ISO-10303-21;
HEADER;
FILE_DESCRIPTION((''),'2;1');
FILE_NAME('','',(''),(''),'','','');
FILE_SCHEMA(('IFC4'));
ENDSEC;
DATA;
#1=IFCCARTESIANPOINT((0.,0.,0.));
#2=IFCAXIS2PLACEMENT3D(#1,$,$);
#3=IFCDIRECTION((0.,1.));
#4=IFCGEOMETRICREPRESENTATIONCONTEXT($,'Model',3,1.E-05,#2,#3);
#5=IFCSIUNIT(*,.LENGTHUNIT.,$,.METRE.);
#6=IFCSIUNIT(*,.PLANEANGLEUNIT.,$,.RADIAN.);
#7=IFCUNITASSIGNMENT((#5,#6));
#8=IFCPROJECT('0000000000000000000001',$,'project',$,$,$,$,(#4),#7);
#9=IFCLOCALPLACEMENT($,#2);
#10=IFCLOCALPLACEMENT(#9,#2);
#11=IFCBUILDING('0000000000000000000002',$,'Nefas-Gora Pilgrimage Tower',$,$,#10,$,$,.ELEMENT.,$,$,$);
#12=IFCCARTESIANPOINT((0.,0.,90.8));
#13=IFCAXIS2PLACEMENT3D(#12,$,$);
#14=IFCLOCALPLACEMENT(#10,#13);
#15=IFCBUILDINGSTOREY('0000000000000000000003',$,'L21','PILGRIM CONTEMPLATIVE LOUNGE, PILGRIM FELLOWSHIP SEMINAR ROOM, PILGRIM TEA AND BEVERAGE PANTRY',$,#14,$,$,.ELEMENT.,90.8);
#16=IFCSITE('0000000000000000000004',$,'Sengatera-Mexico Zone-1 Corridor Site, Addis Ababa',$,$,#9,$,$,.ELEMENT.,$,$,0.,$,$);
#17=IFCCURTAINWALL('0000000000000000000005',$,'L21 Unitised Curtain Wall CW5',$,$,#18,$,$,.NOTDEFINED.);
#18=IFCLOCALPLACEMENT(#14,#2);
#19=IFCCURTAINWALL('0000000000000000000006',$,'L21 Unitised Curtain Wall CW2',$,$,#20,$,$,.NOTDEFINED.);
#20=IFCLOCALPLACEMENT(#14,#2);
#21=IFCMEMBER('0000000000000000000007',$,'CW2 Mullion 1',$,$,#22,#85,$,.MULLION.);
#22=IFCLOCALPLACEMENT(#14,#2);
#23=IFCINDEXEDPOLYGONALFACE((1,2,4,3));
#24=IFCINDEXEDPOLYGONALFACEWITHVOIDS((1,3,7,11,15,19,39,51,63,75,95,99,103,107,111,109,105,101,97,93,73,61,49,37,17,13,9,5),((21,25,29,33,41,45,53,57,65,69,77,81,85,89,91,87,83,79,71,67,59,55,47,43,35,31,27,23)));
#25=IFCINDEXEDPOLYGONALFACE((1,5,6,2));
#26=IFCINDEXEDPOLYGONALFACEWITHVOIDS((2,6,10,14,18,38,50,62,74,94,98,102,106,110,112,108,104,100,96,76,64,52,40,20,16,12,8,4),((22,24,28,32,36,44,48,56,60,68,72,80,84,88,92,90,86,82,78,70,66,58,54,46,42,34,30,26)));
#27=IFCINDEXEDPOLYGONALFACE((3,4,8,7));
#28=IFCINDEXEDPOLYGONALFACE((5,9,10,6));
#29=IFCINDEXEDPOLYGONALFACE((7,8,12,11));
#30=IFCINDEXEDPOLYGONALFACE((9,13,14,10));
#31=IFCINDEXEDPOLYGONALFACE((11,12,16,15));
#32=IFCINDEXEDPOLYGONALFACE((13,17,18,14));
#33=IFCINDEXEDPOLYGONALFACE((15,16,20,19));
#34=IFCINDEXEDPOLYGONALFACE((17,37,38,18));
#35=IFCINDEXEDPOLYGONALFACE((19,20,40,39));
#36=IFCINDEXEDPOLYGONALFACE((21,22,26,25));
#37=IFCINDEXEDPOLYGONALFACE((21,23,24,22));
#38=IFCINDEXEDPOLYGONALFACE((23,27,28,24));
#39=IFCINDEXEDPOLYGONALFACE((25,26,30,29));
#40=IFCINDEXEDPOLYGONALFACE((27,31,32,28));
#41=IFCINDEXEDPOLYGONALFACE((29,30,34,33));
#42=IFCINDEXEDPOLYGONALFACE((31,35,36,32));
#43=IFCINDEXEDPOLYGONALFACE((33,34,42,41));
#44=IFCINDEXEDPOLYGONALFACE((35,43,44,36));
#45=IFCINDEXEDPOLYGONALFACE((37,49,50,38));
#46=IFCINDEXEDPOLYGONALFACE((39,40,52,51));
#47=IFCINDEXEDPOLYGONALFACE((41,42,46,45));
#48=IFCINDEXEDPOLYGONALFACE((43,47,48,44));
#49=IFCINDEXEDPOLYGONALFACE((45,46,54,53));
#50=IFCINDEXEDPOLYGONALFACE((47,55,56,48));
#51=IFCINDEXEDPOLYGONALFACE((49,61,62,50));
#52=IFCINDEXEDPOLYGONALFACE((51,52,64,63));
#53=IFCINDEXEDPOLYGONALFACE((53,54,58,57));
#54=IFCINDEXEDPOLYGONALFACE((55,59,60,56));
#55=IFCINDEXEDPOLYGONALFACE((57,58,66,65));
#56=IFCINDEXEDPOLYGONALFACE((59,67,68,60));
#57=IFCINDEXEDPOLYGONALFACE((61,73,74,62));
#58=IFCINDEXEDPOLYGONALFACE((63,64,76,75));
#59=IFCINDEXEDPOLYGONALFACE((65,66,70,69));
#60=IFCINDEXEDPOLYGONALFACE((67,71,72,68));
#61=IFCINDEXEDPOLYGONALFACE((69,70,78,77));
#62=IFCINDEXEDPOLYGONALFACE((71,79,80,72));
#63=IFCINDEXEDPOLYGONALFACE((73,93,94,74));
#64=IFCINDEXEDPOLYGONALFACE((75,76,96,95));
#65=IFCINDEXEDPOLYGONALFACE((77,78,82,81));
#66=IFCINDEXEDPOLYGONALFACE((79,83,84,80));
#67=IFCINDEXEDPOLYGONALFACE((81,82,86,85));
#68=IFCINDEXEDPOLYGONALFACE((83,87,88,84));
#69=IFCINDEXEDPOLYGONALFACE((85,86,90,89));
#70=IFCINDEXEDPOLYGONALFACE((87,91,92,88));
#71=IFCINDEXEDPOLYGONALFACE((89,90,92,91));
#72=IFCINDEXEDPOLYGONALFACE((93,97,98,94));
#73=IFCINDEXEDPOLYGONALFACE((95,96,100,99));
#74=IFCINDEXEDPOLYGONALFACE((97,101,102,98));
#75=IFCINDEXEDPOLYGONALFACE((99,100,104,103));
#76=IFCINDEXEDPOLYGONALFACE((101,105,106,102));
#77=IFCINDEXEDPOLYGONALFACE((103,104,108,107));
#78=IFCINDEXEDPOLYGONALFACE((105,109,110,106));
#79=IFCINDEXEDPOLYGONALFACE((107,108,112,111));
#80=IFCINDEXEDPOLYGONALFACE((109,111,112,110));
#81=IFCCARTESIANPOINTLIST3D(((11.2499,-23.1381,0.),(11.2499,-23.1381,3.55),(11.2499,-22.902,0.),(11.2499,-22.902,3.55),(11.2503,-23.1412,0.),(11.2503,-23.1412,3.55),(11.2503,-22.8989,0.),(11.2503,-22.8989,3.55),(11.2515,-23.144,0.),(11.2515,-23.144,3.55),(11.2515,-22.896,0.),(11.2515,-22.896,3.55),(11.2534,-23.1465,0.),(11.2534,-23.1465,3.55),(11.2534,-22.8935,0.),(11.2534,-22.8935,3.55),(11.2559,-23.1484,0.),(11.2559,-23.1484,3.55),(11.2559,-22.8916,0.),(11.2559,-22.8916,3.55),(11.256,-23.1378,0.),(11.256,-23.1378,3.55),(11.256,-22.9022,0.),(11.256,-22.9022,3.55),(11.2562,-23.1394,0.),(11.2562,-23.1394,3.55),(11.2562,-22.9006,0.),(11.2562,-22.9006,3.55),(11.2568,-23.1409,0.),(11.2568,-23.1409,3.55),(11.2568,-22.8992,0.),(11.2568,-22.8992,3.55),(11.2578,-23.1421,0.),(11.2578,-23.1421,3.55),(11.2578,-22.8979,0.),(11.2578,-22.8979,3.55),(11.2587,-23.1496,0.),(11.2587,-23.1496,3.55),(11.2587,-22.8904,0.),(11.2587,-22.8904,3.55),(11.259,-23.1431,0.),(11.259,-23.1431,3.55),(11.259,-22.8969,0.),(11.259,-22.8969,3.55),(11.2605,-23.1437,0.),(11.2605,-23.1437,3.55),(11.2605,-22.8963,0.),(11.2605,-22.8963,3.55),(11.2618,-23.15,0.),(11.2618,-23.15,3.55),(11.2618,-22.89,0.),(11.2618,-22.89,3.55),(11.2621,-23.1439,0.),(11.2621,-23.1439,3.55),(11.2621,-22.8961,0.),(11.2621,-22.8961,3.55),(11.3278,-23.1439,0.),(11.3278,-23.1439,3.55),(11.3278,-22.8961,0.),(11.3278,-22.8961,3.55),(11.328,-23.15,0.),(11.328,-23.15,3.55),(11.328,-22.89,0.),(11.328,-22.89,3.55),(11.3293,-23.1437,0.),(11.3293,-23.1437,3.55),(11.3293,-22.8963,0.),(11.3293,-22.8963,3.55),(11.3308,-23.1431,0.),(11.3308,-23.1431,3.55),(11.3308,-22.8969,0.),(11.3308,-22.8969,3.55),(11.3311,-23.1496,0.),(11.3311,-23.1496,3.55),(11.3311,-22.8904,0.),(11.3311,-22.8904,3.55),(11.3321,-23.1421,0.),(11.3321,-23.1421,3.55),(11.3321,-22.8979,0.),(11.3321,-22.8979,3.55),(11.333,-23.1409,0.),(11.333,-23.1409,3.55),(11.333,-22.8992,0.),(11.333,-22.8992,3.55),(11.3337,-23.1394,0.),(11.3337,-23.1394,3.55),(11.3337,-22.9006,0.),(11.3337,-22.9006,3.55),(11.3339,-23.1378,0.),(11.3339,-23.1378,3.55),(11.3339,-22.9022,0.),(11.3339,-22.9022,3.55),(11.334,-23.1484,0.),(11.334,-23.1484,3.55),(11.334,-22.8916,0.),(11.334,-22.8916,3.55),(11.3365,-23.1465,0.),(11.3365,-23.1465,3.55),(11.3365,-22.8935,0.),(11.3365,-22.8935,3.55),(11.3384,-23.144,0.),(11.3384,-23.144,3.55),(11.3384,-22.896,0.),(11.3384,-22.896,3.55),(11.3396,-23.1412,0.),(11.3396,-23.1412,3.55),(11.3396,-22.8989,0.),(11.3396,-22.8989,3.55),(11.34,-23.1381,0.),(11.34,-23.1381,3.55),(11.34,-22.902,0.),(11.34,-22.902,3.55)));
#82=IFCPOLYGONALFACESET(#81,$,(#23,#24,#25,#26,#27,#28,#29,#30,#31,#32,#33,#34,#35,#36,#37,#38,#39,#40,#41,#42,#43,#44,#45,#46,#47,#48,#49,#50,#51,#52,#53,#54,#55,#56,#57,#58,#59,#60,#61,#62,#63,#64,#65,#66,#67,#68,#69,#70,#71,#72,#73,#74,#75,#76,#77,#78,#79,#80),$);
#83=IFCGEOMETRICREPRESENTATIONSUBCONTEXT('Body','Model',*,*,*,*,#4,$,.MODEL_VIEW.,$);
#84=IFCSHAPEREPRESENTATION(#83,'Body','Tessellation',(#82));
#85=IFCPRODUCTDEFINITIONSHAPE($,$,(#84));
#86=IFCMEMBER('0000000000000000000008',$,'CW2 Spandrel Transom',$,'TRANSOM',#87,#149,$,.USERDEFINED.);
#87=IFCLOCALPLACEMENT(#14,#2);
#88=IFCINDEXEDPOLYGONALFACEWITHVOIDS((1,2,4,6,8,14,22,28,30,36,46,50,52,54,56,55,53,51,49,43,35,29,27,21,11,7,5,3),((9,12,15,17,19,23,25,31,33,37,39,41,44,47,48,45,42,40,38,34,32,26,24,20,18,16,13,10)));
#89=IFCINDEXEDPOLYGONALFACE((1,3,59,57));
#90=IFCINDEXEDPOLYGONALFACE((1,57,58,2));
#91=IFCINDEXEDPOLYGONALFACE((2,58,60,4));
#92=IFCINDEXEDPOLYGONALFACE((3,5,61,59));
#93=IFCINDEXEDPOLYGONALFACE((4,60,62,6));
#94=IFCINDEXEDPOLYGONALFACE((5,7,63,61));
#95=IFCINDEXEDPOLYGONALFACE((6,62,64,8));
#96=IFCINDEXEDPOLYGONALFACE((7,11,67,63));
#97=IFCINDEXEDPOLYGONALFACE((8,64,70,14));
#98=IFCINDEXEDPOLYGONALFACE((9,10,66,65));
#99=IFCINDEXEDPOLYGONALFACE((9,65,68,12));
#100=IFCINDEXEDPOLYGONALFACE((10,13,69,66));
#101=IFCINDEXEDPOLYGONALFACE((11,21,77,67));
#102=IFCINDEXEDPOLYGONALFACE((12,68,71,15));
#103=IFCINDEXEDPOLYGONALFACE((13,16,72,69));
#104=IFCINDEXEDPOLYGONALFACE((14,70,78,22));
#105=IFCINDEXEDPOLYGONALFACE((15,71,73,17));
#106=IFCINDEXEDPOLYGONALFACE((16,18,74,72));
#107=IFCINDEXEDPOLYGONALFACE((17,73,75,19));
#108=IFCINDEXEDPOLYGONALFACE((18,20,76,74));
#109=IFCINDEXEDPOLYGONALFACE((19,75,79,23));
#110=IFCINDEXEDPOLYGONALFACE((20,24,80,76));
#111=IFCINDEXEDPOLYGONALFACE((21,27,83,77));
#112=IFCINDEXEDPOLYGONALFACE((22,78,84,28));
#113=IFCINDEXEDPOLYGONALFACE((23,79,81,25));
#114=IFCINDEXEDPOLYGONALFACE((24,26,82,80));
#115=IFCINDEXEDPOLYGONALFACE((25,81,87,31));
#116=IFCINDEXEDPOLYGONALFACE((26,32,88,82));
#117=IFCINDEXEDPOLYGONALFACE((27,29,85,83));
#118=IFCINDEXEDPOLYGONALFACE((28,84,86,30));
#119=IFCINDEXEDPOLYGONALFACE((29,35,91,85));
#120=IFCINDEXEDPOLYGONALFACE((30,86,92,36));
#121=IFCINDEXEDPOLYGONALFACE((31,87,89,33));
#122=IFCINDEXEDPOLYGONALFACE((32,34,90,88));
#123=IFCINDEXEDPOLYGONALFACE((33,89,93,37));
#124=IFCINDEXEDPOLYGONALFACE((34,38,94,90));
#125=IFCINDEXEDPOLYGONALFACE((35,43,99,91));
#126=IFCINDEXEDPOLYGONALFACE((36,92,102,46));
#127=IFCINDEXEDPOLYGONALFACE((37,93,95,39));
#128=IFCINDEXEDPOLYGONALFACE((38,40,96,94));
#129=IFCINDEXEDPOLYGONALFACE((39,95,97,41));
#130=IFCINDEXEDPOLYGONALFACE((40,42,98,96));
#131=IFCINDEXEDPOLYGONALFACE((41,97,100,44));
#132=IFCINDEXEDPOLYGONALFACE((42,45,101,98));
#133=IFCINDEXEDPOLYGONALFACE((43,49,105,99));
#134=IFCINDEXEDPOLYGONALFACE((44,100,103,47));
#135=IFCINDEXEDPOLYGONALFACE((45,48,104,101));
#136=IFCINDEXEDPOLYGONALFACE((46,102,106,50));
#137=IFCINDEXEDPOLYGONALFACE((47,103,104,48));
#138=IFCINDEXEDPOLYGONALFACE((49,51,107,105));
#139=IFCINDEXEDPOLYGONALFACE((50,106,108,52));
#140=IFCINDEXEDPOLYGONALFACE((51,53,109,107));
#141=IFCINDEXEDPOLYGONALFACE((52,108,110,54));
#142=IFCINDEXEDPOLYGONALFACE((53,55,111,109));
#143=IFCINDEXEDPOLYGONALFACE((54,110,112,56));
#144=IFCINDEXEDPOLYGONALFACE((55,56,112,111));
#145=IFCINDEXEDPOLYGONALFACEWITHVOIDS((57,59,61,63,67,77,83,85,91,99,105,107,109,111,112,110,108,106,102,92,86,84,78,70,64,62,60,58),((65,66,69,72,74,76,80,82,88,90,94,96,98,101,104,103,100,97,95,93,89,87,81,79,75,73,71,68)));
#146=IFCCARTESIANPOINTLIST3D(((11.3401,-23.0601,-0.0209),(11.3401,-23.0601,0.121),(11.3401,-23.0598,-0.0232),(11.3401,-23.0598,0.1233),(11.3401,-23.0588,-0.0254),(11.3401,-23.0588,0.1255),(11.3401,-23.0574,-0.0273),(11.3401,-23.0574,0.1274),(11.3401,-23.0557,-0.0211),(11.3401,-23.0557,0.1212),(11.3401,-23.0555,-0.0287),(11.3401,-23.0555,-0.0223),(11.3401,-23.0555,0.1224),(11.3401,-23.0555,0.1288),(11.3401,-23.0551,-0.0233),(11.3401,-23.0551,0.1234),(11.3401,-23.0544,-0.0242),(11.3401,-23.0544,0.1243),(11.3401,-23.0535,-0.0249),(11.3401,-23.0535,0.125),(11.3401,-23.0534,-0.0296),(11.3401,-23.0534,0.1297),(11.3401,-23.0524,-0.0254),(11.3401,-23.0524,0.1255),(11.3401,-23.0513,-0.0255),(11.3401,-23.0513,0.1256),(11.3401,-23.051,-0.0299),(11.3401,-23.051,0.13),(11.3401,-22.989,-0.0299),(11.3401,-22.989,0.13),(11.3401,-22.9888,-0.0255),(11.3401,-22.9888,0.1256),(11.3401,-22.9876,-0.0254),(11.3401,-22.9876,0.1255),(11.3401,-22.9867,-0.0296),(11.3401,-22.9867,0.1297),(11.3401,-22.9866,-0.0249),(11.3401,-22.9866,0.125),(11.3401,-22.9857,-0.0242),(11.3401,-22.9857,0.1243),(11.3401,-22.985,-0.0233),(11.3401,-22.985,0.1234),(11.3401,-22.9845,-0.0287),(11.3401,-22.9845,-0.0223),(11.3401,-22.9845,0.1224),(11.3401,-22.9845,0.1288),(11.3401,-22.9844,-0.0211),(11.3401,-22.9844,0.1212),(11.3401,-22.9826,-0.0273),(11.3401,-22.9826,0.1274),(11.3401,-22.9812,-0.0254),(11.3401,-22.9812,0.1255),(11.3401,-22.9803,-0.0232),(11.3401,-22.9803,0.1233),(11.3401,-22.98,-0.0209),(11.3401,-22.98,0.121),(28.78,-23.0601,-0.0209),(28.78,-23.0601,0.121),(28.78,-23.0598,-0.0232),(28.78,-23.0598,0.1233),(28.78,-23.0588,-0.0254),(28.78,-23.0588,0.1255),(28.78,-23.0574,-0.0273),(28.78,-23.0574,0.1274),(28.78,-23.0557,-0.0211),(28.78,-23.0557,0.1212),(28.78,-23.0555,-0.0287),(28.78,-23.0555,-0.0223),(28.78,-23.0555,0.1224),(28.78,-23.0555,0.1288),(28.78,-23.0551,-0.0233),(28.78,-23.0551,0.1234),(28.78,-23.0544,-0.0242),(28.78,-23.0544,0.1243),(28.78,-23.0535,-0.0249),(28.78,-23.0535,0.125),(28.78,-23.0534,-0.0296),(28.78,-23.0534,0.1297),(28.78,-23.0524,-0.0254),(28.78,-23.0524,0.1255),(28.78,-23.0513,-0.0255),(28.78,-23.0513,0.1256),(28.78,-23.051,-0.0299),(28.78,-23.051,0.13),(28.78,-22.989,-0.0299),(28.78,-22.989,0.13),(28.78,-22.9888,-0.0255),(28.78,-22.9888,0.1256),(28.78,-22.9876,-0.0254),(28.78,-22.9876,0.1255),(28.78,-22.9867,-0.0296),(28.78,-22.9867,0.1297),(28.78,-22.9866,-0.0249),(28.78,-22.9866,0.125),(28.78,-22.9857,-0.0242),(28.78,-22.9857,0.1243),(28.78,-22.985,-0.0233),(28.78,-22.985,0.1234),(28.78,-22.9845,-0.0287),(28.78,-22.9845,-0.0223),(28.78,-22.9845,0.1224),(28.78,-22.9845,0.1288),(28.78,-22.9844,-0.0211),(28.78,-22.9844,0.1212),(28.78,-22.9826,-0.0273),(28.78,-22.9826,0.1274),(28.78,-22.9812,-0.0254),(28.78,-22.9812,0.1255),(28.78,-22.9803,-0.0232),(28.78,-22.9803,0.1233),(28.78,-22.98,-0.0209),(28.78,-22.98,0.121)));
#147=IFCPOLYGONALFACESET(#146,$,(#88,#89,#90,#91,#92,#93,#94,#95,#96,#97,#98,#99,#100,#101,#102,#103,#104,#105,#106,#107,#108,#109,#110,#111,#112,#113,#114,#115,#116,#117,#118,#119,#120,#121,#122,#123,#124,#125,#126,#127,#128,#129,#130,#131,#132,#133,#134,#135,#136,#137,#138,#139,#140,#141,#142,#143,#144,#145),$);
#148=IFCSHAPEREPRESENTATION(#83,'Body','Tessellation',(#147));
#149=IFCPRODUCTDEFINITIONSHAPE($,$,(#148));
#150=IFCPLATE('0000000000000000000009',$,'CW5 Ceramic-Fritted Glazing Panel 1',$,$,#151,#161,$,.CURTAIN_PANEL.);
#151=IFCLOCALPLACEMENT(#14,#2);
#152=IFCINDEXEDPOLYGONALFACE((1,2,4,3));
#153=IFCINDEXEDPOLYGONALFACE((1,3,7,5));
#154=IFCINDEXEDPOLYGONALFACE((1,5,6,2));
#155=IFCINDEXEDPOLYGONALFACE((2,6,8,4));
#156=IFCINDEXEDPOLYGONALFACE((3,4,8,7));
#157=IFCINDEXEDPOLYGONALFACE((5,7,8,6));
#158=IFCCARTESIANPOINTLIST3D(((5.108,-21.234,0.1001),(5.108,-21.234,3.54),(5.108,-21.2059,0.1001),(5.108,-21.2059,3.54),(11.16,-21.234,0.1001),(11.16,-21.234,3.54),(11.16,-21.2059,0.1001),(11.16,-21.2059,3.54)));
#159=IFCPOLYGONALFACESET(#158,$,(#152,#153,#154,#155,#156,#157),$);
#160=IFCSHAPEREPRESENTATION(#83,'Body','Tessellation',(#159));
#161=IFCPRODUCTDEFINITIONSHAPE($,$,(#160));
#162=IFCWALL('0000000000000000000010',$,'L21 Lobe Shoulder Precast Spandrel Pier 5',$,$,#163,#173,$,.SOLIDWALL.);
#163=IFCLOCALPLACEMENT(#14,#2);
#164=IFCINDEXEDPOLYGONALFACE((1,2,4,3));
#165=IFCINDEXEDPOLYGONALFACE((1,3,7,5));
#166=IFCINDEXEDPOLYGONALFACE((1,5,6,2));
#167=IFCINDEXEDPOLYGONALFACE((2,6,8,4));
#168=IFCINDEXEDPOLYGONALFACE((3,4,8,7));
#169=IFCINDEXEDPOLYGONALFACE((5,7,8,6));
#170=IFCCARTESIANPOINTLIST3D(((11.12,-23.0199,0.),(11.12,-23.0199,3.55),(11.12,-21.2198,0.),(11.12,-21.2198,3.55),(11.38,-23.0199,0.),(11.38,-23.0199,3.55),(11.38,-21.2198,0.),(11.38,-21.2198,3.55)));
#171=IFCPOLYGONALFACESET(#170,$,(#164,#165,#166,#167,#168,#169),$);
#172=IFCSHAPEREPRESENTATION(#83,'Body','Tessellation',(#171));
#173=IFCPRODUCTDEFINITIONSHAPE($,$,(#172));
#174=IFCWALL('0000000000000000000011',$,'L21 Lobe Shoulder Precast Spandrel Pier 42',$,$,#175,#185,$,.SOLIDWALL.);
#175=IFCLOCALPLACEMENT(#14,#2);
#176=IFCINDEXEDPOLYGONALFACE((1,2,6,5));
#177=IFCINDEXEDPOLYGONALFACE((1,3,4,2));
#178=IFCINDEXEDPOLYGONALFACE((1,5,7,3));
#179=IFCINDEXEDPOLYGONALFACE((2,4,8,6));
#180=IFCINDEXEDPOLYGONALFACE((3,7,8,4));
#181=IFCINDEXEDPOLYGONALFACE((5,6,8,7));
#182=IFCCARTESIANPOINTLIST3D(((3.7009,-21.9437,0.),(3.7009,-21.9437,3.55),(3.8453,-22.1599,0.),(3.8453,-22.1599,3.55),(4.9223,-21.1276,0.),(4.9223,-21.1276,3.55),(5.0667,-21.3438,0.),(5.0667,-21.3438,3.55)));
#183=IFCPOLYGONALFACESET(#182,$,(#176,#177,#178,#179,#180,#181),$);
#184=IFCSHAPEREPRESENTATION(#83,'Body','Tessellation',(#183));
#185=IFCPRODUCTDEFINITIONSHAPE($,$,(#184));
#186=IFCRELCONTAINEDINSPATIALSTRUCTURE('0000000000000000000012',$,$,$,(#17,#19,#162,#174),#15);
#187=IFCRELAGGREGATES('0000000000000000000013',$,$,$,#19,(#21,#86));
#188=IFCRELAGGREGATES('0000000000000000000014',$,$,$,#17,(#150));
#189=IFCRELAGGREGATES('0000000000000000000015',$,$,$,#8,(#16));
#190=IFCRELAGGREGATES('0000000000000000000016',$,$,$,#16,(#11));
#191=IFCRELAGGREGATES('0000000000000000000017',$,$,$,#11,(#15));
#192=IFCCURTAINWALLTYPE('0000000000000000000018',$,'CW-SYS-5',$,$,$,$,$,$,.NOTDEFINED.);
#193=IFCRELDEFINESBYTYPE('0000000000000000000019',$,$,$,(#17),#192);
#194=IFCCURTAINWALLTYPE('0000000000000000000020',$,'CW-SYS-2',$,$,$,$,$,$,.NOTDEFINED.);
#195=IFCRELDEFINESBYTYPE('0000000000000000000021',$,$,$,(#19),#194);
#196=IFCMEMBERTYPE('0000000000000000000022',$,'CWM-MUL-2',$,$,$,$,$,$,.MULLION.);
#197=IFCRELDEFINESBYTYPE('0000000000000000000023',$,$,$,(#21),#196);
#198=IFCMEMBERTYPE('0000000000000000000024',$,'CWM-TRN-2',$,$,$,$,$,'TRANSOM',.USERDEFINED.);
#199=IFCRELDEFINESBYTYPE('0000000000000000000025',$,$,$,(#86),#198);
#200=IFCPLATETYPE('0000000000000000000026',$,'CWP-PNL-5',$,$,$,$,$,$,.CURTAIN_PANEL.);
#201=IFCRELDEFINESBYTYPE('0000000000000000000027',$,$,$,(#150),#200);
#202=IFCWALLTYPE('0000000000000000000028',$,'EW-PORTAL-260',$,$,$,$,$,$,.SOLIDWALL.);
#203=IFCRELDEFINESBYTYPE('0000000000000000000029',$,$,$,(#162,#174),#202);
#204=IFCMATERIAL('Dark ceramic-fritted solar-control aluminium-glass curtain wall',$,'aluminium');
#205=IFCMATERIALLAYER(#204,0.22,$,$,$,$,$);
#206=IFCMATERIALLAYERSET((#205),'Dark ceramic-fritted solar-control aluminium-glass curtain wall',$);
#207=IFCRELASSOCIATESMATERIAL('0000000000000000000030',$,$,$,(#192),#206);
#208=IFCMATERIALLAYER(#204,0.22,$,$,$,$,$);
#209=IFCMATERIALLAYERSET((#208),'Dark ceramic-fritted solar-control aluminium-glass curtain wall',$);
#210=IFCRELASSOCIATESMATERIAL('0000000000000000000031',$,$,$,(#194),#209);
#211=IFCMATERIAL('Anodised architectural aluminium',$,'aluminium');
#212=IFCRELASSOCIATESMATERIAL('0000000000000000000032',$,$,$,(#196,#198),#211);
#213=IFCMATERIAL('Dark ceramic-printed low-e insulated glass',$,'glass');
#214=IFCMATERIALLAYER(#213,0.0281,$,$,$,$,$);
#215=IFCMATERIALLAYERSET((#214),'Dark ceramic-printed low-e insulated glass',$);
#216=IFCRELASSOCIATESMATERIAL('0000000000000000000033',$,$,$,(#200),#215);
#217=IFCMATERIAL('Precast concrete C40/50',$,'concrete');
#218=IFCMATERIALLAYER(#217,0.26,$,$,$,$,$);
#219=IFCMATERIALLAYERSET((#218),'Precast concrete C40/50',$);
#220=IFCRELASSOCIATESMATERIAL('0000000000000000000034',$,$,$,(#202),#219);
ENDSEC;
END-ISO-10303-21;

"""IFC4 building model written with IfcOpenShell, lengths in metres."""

from ifc_helpers import new_model, si_unit, direction, frame, frame_2d, origin, origin_2d, place, context, subcontext, project, spatial, rectangle, hollow_rectangle, extrude, source, transform, mapped, material, layer, layer_set, material_profile, profile_set, type_object, element, aggregate, save


model = new_model("IFC4")

# Units and contexts
model_context = context("Model", 3, precision=1e-05, world=origin(), true_north=direction((0.0, 1.0)))
body_context = subcontext(model_context, "Body", "Model", "MODEL_VIEW")
ifc_project = project(units=[si_unit("LENGTHUNIT", "METRE"), si_unit("PLANEANGLEUNIT", "RADIAN")], contexts=[model_context])

# Site, building, storey
site_placement = place(None, origin())
site = spatial("IfcSite", under=ifc_project, at=site_placement, Name="Sengatera-Mexico Zone-1 Corridor Site, Addis Ababa", CompositionType="ELEMENT", RefElevation=0.0)
building_placement = place(site_placement, origin())
building = spatial("IfcBuilding", under=site, at=building_placement, Name="Nefas-Gora Pilgrimage Tower", CompositionType="ELEMENT")
storey_placement = place(building_placement, frame((0.0, 0.0, 90.8)))
storey = spatial("IfcBuildingStorey", under=building, at=storey_placement, Name="L21", Description="PILGRIM CONTEMPLATIVE LOUNGE, PILGRIM FELLOWSHIP SEMINAR ROOM, PILGRIM TEA AND BEVERAGE PANTRY", CompositionType="ELEMENT", Elevation=90.8)

# Curtain wall
ifc_material_1 = material(Name="Dark ceramic-fritted solar-control aluminium-glass curtain wall", Category="aluminium")
ifc_layer_1 = layer(ifc_material_1, 0.22)
ifc_layer_set_1 = layer_set([ifc_layer_1], Name="Dark ceramic-fritted solar-control aluminium-glass curtain wall")
curtain_wall_type_1 = type_object("IfcCurtainWallType", Name="CW-SYS-5", PredefinedType="NOTDEFINED", material=ifc_layer_set_1)
curtain_wall_1_placement = place(storey_placement, origin())
curtain_wall_1 = element("IfcCurtainWall", 1, at=curtain_wall_1_placement, inside=storey, type_object=curtain_wall_type_1, Name="L21 Unitised Curtain Wall CW5", PredefinedType="NOTDEFINED")
ifc_material_2 = material(Name="Anodised architectural aluminium", Category="aluminium")

# Curtain wall, members
ifc_layer_2 = layer(ifc_material_1, 0.22)
ifc_layer_set_2 = layer_set([ifc_layer_2], Name="Dark ceramic-fritted solar-control aluminium-glass curtain wall")
curtain_wall_type_2 = type_object("IfcCurtainWallType", Name="CW-SYS-2", PredefinedType="NOTDEFINED", material=ifc_layer_set_2)
curtain_wall_2_placement = place(storey_placement, origin())
curtain_wall_2 = element("IfcCurtainWall", 2, at=curtain_wall_2_placement, inside=storey, type_object=curtain_wall_type_2, Name="L21 Unitised Curtain Wall CW2", PredefinedType="NOTDEFINED")
ifc_material_profile_1 = material_profile(ifc_material_2, hollow_rectangle(XDim=0.0901, YDim=0.26, WallThickness=0.0061, InnerFilletRadius=0.0061, OuterFilletRadius=0.012, at=origin_2d()), Name="ALU MULLION 90x260")
ifc_profile_set_1 = profile_set([ifc_material_profile_1], Name="Anodised architectural aluminium")
member_type_1 = type_object("IfcMemberType", Name="CWM-MUL-2", PredefinedType="MULLION", material=ifc_profile_set_1)
shared_shape_1 = source(origin(), body_context, "Body", "SweptSolid", [
    extrude(hollow_rectangle(XDim=0.0901, YDim=0.26, WallThickness=0.0061, InnerFilletRadius=0.0061, OuterFilletRadius=0.012, at=origin_2d()), origin(), (0.0, 0.0, 1.0), 3.55),
])
member_1_placement = place(storey_placement, frame((11.2949, -23.02, 0.0), z_axis=(0.0, 0.0, 1.0), x_axis=(1.0, 0.0, 0.0)))
member_1 = element("IfcMember", 3, at=member_1_placement, type_object=member_type_1, Name="CW2 Mullion 1", PredefinedType="MULLION", context=body_context, shape_type="MappedRepresentation", body=[
    mapped(shared_shape_1, transform((0.0, 0.0, 0.0), x_axis=(1.0, 0.0, 0.0), y_axis=(0.0, 1.0, 0.0), z_axis=(0.0, 0.0, 1.0), scale=1.0)),
])
ifc_material_profile_2 = material_profile(ifc_material_2, hollow_rectangle(XDim=0.0801, YDim=0.1599, WallThickness=0.0044, InnerFilletRadius=0.0044, OuterFilletRadius=0.009, at=origin_2d()), Name="ALU TRANSOM 80x160")
ifc_profile_set_2 = profile_set([ifc_material_profile_2], Name="Anodised architectural aluminium")
member_type_2 = type_object("IfcMemberType", Name="CWM-TRN-2", ElementType="TRANSOM", PredefinedType="USERDEFINED", material=ifc_profile_set_2)
shared_shape_2 = source(origin(), body_context, "Body", "SweptSolid", [
    extrude(hollow_rectangle(XDim=0.0801, YDim=0.1599, WallThickness=0.0044, InnerFilletRadius=0.0044, OuterFilletRadius=0.009, at=origin_2d()), origin(), (0.0, 0.0, 1.0), 17.4399),
])
member_2_placement = place(storey_placement, frame((11.3401, -23.02, 0.05), z_axis=(1.0, 0.0, 0.0), x_axis=(0.0, 1.0, 0.0)))
member_2 = element("IfcMember", 4, at=member_2_placement, type_object=member_type_2, Name="CW2 Spandrel Transom", ObjectType="TRANSOM", PredefinedType="USERDEFINED", context=body_context, shape_type="MappedRepresentation", body=[
    mapped(shared_shape_2, transform((0.0, 0.0, 0.0), x_axis=(1.0, 0.0, 0.0), y_axis=(0.0, 1.0, 0.0), z_axis=(0.0, 0.0, 1.0), scale=1.0)),
])
aggregate(curtain_wall_2, [member_1, member_2])

# Plate
ifc_material_3 = material(Name="Dark ceramic-printed low-e insulated glass", Category="glass")
ifc_layer_3 = layer(ifc_material_3, 0.0281)
ifc_layer_set_3 = layer_set([ifc_layer_3], Name="Dark ceramic-printed low-e insulated glass")
plate_type = type_object("IfcPlateType", Name="CWP-PNL-5", PredefinedType="CURTAIN_PANEL", material=ifc_layer_set_3)
shared_shape_3 = source(origin(), body_context, "Body", "SweptSolid", [
    extrude(rectangle(XDim=6.052, YDim=0.0281, at=origin_2d()), origin(), (0.0, 0.0, 1.0), 3.4399),
])
plate_placement = place(storey_placement, frame((8.134, -21.22, 0.1001), z_axis=(0.0, 0.0, 1.0), x_axis=(1.0, 0.0, 0.0)))
plate = element("IfcPlate", 5, at=plate_placement, type_object=plate_type, Name="CW5 Ceramic-Fritted Glazing Panel 1", PredefinedType="CURTAIN_PANEL", context=body_context, shape_type="MappedRepresentation", body=[
    mapped(shared_shape_3, transform((0.0, 0.0, 0.0), x_axis=(1.0, 0.0, 0.0), y_axis=(0.0, 1.0, 0.0), z_axis=(0.0, 0.0, 1.0), scale=1.0)),
])
aggregate(curtain_wall_1, [plate])

# Walls
ifc_material_4 = material(Name="Precast concrete C40/50", Category="concrete")
ifc_layer_4 = layer(ifc_material_4, 0.26)
ifc_layer_set_4 = layer_set([ifc_layer_4], Name="Precast concrete C40/50")
wall_type_1 = type_object("IfcWallType", Name="EW-PORTAL-260", PredefinedType="SOLIDWALL", material=ifc_layer_set_4)
shared_shape_4 = source(origin(), body_context, "Body", "SweptSolid", [
    extrude(rectangle(XDim=1.8, YDim=0.26, at=frame_2d((0.8999, 0.0))), origin(), (0.0, 0.0, 1.0), 3.55),
])
wall_1_placement = place(storey_placement, frame((11.25, -21.22, 0.0), z_axis=(0.0, 0.0, 1.0), x_axis=(0.0, -1.0, 0.0)))
element("IfcWall", 6, at=wall_1_placement, inside=storey, type_object=wall_type_1, Name="L21 Lobe Shoulder Precast Spandrel Pier 5", PredefinedType="SOLIDWALL", context=body_context, shape_type="MappedRepresentation", body=[
    mapped(shared_shape_4, transform((0.0, 0.0, 0.0), x_axis=(1.0, 0.0, 0.0), y_axis=(0.0, 1.0, 0.0), z_axis=(0.0, 0.0, 1.0), scale=1.0)),
])
shared_shape_5 = source(origin(), body_context, "Body", "SweptSolid", [
    extrude(rectangle(XDim=1.469, YDim=0.26, at=frame_2d((0.7344, 0.0))), origin(), (0.0, 0.0, 1.0), 3.55),
])
wall_2_placement = place(storey_placement, frame((3.7732, -22.0518, 0.0), z_axis=(0.0, 0.0, 1.0), x_axis=(0.831462, 0.555582, 0.0)))
element("IfcWall", 7, at=wall_2_placement, inside=storey, type_object=wall_type_1, Name="L21 Lobe Shoulder Precast Spandrel Pier 42", PredefinedType="SOLIDWALL", context=body_context, shape_type="MappedRepresentation", body=[
    mapped(shared_shape_5, transform((0.0, 0.0, 0.0), x_axis=(1.0, 0.0, 0.0), y_axis=(0.0, 1.0, 0.0), z_axis=(0.0, 0.0, 1.0), scale=1.0)),
])

save(model, "model.ifc")
